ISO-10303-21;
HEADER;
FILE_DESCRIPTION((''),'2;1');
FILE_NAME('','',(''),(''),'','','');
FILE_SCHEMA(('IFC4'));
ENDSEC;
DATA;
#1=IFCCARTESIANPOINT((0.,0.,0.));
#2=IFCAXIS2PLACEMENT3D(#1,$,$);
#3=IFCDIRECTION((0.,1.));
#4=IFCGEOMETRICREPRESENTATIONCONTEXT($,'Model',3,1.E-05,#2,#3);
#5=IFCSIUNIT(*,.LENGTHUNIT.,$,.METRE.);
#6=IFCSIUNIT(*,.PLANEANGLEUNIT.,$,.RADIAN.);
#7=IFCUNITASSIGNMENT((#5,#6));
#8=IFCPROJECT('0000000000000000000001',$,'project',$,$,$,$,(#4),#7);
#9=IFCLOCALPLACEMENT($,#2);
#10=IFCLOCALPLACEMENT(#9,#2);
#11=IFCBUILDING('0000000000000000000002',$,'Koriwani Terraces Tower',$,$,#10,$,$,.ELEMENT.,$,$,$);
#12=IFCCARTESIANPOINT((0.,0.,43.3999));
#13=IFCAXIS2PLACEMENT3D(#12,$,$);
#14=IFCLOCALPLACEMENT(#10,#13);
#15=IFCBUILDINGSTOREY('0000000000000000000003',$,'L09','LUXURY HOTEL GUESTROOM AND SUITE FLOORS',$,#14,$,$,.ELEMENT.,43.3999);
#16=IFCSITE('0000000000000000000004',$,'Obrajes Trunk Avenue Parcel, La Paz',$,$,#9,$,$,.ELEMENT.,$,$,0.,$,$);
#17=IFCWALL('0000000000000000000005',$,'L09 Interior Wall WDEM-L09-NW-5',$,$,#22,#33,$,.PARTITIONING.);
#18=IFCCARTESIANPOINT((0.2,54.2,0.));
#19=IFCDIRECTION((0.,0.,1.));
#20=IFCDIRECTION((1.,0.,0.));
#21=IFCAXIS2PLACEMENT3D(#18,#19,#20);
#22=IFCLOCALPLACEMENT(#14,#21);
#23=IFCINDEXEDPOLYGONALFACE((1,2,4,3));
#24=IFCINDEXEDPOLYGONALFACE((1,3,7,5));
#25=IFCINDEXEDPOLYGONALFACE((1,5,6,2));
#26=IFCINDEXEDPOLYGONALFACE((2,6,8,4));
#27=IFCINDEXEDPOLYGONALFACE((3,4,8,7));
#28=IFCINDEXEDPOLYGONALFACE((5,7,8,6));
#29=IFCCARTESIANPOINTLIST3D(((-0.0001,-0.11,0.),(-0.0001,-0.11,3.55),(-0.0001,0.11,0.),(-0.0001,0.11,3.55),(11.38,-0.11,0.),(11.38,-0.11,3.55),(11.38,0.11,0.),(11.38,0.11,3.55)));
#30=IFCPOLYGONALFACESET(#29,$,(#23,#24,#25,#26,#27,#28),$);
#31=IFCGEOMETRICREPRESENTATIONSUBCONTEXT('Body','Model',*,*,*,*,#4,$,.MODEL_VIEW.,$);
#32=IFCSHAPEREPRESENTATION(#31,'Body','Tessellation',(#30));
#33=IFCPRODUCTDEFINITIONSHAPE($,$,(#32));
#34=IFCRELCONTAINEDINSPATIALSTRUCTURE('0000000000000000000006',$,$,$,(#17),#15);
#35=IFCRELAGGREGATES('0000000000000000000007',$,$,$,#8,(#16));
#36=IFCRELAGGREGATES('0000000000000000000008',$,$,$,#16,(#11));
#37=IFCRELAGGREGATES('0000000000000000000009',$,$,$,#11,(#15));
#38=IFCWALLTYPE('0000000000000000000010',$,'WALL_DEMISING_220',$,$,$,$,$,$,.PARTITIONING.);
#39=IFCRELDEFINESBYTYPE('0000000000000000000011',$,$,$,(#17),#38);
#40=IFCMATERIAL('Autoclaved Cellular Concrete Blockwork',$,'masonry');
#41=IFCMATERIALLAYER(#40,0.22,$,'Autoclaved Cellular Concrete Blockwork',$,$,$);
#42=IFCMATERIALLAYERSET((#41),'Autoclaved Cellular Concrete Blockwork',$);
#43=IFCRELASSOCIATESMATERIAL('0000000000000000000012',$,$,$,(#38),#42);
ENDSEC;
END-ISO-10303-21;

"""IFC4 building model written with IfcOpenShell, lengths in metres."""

from ifc_helpers import new_model, si_unit, direction, frame, frame_2d, origin, place, context, subcontext, project, spatial, rectangle, extrude, material, layer, layer_set, type_object, element, save


model = new_model("IFC4")

# Units and contexts
model_context = context("Model", 3, precision=1e-05, world=origin(), true_north=direction((0.0, 1.0)))
body_context = subcontext(model_context, "Body", "Model", "MODEL_VIEW")
ifc_project = project(units=[si_unit("LENGTHUNIT", "METRE"), si_unit("PLANEANGLEUNIT", "RADIAN")], contexts=[model_context])

# Site, building, storey
site_placement = place(None, origin())
site = spatial("IfcSite", under=ifc_project, at=site_placement, Name="Obrajes Trunk Avenue Parcel, La Paz", CompositionType="ELEMENT", RefElevation=0.0)
building_placement = place(site_placement, origin())
building = spatial("IfcBuilding", under=site, at=building_placement, Name="Koriwani Terraces Tower", CompositionType="ELEMENT")
storey_placement = place(building_placement, frame((0.0, 0.0, 43.3999)))
storey = spatial("IfcBuildingStorey", under=building, at=storey_placement, Name="L09", Description="LUXURY HOTEL GUESTROOM AND SUITE FLOORS", CompositionType="ELEMENT", Elevation=43.3999)

# Wall
ifc_material_1 = material(Name="Autoclaved Cellular Concrete Blockwork", Category="masonry")
ifc_layer_1 = layer(ifc_material_1, 0.22, Name="Autoclaved Cellular Concrete Blockwork")
ifc_layer_set_1 = layer_set([ifc_layer_1], Name="Autoclaved Cellular Concrete Blockwork")
wall_type_1 = type_object("IfcWallType", Name="WALL_DEMISING_220", PredefinedType="PARTITIONING", material=ifc_layer_set_1)
wall_1_placement = place(storey_placement, frame((0.2, 54.2, 0.0), z_axis=(0.0, 0.0, 1.0), x_axis=(1.0, 0.0, 0.0)))
element("IfcWall", 1, at=wall_1_placement, inside=storey, type_object=wall_type_1, Name="L09 Interior Wall WDEM-L09-NW-5", PredefinedType="PARTITIONING", context=body_context, shape_type="SweptSolid", body=[
    extrude(rectangle(XDim=11.3801, YDim=0.22, at=frame_2d((5.6899, 0.0))), origin(), (0.0, 0.0, 1.0), 3.55),
])

save(model, "model.ifc")
